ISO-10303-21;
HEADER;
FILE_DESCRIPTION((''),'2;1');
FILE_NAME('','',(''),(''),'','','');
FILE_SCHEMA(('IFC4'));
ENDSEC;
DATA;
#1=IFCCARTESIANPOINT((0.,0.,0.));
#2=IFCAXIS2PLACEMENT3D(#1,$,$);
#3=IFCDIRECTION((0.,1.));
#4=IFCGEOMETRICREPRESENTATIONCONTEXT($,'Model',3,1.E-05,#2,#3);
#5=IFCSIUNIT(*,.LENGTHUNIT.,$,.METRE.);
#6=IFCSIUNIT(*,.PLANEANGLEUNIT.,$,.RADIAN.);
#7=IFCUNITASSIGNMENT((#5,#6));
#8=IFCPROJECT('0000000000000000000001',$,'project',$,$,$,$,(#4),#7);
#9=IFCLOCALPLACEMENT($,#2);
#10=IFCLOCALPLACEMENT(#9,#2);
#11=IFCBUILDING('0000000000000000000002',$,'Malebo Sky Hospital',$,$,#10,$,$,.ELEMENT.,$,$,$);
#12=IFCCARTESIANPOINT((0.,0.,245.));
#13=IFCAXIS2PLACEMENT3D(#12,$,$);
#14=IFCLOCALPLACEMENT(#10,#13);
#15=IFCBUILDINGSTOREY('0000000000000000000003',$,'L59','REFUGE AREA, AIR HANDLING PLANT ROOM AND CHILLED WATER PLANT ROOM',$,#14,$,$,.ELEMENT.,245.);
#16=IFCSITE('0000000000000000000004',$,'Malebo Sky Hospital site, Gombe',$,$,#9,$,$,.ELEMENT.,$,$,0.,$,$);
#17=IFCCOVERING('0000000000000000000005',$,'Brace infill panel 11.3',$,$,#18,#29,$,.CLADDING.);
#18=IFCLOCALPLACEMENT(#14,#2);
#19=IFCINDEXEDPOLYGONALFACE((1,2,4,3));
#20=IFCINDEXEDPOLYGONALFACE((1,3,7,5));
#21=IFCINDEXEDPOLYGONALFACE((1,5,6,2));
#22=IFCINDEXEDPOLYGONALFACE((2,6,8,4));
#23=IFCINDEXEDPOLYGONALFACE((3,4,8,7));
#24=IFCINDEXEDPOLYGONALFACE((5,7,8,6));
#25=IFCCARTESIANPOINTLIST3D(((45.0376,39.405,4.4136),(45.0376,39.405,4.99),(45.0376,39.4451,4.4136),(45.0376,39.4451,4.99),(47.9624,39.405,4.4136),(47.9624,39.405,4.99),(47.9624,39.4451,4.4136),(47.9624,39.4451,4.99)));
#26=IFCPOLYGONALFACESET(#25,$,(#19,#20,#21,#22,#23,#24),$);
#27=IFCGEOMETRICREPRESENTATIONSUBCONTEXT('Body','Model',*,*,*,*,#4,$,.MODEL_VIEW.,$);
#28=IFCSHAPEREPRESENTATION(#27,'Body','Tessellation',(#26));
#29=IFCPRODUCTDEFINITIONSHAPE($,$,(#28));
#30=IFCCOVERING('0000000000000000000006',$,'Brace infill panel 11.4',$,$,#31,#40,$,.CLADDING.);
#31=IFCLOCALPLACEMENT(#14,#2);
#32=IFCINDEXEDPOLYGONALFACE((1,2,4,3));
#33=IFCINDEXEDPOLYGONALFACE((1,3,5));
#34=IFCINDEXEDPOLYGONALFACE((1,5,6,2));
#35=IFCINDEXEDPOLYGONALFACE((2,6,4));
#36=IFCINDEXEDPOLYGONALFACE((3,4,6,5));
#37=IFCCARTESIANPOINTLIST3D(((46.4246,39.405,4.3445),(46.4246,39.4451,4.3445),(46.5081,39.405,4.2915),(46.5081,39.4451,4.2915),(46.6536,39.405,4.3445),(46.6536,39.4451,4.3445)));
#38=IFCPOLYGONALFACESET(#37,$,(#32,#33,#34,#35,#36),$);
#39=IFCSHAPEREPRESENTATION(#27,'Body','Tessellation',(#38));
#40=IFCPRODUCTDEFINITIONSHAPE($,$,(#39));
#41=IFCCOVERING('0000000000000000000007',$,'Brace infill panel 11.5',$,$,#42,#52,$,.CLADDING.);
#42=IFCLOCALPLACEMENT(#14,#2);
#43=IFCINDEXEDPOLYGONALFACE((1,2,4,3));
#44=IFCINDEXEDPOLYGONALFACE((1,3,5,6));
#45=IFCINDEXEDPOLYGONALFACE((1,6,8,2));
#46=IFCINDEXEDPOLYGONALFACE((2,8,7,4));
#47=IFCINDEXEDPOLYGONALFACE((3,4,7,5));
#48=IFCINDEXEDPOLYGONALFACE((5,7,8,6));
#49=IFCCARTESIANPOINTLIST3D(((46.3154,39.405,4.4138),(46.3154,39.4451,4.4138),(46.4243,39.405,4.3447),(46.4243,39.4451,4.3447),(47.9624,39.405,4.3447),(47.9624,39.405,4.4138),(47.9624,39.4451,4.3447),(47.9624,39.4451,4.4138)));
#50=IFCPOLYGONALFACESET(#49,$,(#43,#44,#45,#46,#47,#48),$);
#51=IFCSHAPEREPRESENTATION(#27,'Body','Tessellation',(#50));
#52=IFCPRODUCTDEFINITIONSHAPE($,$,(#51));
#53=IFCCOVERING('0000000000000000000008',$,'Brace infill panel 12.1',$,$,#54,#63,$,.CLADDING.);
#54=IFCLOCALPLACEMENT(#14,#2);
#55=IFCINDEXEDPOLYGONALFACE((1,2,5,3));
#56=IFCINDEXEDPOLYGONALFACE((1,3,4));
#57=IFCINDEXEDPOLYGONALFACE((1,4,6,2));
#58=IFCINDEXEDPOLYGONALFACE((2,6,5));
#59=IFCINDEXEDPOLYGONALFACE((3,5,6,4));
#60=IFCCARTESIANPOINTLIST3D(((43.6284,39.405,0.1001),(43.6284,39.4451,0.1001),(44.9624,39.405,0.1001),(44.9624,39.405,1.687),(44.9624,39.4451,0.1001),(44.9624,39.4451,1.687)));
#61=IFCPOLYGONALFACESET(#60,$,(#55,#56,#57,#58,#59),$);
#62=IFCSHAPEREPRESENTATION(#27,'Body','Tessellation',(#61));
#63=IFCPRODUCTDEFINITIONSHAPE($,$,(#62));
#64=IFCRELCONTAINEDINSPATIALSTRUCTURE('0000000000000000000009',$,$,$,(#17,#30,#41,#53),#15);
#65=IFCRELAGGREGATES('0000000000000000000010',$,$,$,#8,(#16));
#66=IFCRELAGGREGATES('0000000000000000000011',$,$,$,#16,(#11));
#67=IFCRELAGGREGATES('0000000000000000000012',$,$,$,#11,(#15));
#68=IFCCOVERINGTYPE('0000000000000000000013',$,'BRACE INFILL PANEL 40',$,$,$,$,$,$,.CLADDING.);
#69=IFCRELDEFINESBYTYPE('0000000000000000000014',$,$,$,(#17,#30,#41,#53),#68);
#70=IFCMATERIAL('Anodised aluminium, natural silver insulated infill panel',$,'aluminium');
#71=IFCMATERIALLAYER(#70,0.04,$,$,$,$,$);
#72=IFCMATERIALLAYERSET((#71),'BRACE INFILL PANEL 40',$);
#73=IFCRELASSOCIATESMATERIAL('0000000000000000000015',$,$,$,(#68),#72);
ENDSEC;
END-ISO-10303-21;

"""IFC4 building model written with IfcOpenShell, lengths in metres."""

from ifc_helpers import new_model, si_unit, direction, frame, origin, place, context, subcontext, project, spatial, polyline, outline, extrude, material, layer, layer_set, type_object, element, save


model = new_model("IFC4")

# Units and contexts
model_context = context("Model", 3, precision=1e-05, world=origin(), true_north=direction((0.0, 1.0)))
body_context = subcontext(model_context, "Body", "Model", "MODEL_VIEW")
ifc_project = project(units=[si_unit("LENGTHUNIT", "METRE"), si_unit("PLANEANGLEUNIT", "RADIAN")], contexts=[model_context])

# Site, building, storey
site_placement = place(None, origin())
site = spatial("IfcSite", under=ifc_project, at=site_placement, Name="Malebo Sky Hospital site, Gombe", CompositionType="ELEMENT", RefElevation=0.0)
building_placement = place(site_placement, origin())
building = spatial("IfcBuilding", under=site, at=building_placement, Name="Malebo Sky Hospital", CompositionType="ELEMENT")
storey_placement = place(building_placement, frame((0.0, 0.0, 245.0)))
storey = spatial("IfcBuildingStorey", under=building, at=storey_placement, Name="L59", Description="REFUGE AREA, AIR HANDLING PLANT ROOM AND CHILLED WATER PLANT ROOM", CompositionType="ELEMENT", Elevation=245.0)

# Coverings
ifc_material_1 = material(Name="Anodised aluminium, natural silver insulated infill panel", Category="aluminium")
ifc_layer_1 = layer(ifc_material_1, 0.04)
ifc_layer_set_1 = layer_set([ifc_layer_1], Name="BRACE INFILL PANEL 40")
covering_type = type_object("IfcCoveringType", Name="BRACE INFILL PANEL 40", PredefinedType="CLADDING", material=ifc_layer_set_1)
covering_1_placement = place(storey_placement, frame((46.5, 39.425, 4.4136), z_axis=(0.0, 0.0, 1.0), x_axis=(-1.0, 0.0, 0.0)))
element("IfcCovering", 1, at=covering_1_placement, inside=storey, type_object=covering_type, Name="Brace infill panel 11.3", PredefinedType="CLADDING", context=body_context, shape_type="SweptSolid", body=[
    extrude(outline(polyline([(-1.4624, 0.0), (1.4624, 0.0), (1.4624, 0.5764), (-1.4624, 0.5764), (-1.4624, 0.0)])), frame((0.0, 0.02, 0.0), z_axis=(0.0, -1.0, 0.0), x_axis=(1.0, 0.0, 0.0)), (0.0, 0.0, 1.0), 0.04),
])
covering_2_placement = place(storey_placement, frame((46.5391, 39.425, 4.2915), z_axis=(0.0, 0.0, 1.0), x_axis=(-1.0, 0.0, 0.0)))
element("IfcCovering", 2, at=covering_2_placement, inside=storey, type_object=covering_type, Name="Brace infill panel 11.4", PredefinedType="CLADDING", context=body_context, shape_type="SweptSolid", body=[
    extrude(outline(polyline([(0.031, 0.0), (0.1145, 0.053), (-0.1145, 0.053), (0.031, 0.0)])), frame((0.0, 0.02, 0.0), z_axis=(0.0, -1.0, 0.0), x_axis=(1.0, 0.0, 0.0)), (0.0, 0.0, 1.0), 0.04),
])
covering_3_placement = place(storey_placement, frame((47.1389, 39.425, 4.3447), z_axis=(0.0, 0.0, 1.0), x_axis=(-1.0, 0.0, 0.0)))
element("IfcCovering", 3, at=covering_3_placement, inside=storey, type_object=covering_type, Name="Brace infill panel 11.5", PredefinedType="CLADDING", context=body_context, shape_type="SweptSolid", body=[
    extrude(outline(polyline([(-0.8235, 0.0), (0.7146, 0.0), (0.8235, 0.0691), (-0.8235, 0.0691), (-0.8235, 0.0)])), frame((0.0, 0.02, 0.0), z_axis=(0.0, -1.0, 0.0), x_axis=(1.0, 0.0, 0.0)), (0.0, 0.0, 1.0), 0.04),
])
covering_4_placement = place(storey_placement, frame((44.2954, 39.425, 0.1001), z_axis=(0.0, 0.0, 1.0), x_axis=(-1.0, 0.0, 0.0)))
element("IfcCovering", 4, at=covering_4_placement, inside=storey, type_object=covering_type, Name="Brace infill panel 12.1", PredefinedType="CLADDING", context=body_context, shape_type="SweptSolid", body=[
    extrude(outline(polyline([(-0.667, 0.0), (0.667, 0.0), (-0.667, 1.5869), (-0.667, 0.0)])), frame((0.0, 0.02, 0.0), z_axis=(0.0, -1.0, 0.0), x_axis=(1.0, 0.0, 0.0)), (0.0, 0.0, 1.0), 0.04),
])

save(model, "model.ifc")
